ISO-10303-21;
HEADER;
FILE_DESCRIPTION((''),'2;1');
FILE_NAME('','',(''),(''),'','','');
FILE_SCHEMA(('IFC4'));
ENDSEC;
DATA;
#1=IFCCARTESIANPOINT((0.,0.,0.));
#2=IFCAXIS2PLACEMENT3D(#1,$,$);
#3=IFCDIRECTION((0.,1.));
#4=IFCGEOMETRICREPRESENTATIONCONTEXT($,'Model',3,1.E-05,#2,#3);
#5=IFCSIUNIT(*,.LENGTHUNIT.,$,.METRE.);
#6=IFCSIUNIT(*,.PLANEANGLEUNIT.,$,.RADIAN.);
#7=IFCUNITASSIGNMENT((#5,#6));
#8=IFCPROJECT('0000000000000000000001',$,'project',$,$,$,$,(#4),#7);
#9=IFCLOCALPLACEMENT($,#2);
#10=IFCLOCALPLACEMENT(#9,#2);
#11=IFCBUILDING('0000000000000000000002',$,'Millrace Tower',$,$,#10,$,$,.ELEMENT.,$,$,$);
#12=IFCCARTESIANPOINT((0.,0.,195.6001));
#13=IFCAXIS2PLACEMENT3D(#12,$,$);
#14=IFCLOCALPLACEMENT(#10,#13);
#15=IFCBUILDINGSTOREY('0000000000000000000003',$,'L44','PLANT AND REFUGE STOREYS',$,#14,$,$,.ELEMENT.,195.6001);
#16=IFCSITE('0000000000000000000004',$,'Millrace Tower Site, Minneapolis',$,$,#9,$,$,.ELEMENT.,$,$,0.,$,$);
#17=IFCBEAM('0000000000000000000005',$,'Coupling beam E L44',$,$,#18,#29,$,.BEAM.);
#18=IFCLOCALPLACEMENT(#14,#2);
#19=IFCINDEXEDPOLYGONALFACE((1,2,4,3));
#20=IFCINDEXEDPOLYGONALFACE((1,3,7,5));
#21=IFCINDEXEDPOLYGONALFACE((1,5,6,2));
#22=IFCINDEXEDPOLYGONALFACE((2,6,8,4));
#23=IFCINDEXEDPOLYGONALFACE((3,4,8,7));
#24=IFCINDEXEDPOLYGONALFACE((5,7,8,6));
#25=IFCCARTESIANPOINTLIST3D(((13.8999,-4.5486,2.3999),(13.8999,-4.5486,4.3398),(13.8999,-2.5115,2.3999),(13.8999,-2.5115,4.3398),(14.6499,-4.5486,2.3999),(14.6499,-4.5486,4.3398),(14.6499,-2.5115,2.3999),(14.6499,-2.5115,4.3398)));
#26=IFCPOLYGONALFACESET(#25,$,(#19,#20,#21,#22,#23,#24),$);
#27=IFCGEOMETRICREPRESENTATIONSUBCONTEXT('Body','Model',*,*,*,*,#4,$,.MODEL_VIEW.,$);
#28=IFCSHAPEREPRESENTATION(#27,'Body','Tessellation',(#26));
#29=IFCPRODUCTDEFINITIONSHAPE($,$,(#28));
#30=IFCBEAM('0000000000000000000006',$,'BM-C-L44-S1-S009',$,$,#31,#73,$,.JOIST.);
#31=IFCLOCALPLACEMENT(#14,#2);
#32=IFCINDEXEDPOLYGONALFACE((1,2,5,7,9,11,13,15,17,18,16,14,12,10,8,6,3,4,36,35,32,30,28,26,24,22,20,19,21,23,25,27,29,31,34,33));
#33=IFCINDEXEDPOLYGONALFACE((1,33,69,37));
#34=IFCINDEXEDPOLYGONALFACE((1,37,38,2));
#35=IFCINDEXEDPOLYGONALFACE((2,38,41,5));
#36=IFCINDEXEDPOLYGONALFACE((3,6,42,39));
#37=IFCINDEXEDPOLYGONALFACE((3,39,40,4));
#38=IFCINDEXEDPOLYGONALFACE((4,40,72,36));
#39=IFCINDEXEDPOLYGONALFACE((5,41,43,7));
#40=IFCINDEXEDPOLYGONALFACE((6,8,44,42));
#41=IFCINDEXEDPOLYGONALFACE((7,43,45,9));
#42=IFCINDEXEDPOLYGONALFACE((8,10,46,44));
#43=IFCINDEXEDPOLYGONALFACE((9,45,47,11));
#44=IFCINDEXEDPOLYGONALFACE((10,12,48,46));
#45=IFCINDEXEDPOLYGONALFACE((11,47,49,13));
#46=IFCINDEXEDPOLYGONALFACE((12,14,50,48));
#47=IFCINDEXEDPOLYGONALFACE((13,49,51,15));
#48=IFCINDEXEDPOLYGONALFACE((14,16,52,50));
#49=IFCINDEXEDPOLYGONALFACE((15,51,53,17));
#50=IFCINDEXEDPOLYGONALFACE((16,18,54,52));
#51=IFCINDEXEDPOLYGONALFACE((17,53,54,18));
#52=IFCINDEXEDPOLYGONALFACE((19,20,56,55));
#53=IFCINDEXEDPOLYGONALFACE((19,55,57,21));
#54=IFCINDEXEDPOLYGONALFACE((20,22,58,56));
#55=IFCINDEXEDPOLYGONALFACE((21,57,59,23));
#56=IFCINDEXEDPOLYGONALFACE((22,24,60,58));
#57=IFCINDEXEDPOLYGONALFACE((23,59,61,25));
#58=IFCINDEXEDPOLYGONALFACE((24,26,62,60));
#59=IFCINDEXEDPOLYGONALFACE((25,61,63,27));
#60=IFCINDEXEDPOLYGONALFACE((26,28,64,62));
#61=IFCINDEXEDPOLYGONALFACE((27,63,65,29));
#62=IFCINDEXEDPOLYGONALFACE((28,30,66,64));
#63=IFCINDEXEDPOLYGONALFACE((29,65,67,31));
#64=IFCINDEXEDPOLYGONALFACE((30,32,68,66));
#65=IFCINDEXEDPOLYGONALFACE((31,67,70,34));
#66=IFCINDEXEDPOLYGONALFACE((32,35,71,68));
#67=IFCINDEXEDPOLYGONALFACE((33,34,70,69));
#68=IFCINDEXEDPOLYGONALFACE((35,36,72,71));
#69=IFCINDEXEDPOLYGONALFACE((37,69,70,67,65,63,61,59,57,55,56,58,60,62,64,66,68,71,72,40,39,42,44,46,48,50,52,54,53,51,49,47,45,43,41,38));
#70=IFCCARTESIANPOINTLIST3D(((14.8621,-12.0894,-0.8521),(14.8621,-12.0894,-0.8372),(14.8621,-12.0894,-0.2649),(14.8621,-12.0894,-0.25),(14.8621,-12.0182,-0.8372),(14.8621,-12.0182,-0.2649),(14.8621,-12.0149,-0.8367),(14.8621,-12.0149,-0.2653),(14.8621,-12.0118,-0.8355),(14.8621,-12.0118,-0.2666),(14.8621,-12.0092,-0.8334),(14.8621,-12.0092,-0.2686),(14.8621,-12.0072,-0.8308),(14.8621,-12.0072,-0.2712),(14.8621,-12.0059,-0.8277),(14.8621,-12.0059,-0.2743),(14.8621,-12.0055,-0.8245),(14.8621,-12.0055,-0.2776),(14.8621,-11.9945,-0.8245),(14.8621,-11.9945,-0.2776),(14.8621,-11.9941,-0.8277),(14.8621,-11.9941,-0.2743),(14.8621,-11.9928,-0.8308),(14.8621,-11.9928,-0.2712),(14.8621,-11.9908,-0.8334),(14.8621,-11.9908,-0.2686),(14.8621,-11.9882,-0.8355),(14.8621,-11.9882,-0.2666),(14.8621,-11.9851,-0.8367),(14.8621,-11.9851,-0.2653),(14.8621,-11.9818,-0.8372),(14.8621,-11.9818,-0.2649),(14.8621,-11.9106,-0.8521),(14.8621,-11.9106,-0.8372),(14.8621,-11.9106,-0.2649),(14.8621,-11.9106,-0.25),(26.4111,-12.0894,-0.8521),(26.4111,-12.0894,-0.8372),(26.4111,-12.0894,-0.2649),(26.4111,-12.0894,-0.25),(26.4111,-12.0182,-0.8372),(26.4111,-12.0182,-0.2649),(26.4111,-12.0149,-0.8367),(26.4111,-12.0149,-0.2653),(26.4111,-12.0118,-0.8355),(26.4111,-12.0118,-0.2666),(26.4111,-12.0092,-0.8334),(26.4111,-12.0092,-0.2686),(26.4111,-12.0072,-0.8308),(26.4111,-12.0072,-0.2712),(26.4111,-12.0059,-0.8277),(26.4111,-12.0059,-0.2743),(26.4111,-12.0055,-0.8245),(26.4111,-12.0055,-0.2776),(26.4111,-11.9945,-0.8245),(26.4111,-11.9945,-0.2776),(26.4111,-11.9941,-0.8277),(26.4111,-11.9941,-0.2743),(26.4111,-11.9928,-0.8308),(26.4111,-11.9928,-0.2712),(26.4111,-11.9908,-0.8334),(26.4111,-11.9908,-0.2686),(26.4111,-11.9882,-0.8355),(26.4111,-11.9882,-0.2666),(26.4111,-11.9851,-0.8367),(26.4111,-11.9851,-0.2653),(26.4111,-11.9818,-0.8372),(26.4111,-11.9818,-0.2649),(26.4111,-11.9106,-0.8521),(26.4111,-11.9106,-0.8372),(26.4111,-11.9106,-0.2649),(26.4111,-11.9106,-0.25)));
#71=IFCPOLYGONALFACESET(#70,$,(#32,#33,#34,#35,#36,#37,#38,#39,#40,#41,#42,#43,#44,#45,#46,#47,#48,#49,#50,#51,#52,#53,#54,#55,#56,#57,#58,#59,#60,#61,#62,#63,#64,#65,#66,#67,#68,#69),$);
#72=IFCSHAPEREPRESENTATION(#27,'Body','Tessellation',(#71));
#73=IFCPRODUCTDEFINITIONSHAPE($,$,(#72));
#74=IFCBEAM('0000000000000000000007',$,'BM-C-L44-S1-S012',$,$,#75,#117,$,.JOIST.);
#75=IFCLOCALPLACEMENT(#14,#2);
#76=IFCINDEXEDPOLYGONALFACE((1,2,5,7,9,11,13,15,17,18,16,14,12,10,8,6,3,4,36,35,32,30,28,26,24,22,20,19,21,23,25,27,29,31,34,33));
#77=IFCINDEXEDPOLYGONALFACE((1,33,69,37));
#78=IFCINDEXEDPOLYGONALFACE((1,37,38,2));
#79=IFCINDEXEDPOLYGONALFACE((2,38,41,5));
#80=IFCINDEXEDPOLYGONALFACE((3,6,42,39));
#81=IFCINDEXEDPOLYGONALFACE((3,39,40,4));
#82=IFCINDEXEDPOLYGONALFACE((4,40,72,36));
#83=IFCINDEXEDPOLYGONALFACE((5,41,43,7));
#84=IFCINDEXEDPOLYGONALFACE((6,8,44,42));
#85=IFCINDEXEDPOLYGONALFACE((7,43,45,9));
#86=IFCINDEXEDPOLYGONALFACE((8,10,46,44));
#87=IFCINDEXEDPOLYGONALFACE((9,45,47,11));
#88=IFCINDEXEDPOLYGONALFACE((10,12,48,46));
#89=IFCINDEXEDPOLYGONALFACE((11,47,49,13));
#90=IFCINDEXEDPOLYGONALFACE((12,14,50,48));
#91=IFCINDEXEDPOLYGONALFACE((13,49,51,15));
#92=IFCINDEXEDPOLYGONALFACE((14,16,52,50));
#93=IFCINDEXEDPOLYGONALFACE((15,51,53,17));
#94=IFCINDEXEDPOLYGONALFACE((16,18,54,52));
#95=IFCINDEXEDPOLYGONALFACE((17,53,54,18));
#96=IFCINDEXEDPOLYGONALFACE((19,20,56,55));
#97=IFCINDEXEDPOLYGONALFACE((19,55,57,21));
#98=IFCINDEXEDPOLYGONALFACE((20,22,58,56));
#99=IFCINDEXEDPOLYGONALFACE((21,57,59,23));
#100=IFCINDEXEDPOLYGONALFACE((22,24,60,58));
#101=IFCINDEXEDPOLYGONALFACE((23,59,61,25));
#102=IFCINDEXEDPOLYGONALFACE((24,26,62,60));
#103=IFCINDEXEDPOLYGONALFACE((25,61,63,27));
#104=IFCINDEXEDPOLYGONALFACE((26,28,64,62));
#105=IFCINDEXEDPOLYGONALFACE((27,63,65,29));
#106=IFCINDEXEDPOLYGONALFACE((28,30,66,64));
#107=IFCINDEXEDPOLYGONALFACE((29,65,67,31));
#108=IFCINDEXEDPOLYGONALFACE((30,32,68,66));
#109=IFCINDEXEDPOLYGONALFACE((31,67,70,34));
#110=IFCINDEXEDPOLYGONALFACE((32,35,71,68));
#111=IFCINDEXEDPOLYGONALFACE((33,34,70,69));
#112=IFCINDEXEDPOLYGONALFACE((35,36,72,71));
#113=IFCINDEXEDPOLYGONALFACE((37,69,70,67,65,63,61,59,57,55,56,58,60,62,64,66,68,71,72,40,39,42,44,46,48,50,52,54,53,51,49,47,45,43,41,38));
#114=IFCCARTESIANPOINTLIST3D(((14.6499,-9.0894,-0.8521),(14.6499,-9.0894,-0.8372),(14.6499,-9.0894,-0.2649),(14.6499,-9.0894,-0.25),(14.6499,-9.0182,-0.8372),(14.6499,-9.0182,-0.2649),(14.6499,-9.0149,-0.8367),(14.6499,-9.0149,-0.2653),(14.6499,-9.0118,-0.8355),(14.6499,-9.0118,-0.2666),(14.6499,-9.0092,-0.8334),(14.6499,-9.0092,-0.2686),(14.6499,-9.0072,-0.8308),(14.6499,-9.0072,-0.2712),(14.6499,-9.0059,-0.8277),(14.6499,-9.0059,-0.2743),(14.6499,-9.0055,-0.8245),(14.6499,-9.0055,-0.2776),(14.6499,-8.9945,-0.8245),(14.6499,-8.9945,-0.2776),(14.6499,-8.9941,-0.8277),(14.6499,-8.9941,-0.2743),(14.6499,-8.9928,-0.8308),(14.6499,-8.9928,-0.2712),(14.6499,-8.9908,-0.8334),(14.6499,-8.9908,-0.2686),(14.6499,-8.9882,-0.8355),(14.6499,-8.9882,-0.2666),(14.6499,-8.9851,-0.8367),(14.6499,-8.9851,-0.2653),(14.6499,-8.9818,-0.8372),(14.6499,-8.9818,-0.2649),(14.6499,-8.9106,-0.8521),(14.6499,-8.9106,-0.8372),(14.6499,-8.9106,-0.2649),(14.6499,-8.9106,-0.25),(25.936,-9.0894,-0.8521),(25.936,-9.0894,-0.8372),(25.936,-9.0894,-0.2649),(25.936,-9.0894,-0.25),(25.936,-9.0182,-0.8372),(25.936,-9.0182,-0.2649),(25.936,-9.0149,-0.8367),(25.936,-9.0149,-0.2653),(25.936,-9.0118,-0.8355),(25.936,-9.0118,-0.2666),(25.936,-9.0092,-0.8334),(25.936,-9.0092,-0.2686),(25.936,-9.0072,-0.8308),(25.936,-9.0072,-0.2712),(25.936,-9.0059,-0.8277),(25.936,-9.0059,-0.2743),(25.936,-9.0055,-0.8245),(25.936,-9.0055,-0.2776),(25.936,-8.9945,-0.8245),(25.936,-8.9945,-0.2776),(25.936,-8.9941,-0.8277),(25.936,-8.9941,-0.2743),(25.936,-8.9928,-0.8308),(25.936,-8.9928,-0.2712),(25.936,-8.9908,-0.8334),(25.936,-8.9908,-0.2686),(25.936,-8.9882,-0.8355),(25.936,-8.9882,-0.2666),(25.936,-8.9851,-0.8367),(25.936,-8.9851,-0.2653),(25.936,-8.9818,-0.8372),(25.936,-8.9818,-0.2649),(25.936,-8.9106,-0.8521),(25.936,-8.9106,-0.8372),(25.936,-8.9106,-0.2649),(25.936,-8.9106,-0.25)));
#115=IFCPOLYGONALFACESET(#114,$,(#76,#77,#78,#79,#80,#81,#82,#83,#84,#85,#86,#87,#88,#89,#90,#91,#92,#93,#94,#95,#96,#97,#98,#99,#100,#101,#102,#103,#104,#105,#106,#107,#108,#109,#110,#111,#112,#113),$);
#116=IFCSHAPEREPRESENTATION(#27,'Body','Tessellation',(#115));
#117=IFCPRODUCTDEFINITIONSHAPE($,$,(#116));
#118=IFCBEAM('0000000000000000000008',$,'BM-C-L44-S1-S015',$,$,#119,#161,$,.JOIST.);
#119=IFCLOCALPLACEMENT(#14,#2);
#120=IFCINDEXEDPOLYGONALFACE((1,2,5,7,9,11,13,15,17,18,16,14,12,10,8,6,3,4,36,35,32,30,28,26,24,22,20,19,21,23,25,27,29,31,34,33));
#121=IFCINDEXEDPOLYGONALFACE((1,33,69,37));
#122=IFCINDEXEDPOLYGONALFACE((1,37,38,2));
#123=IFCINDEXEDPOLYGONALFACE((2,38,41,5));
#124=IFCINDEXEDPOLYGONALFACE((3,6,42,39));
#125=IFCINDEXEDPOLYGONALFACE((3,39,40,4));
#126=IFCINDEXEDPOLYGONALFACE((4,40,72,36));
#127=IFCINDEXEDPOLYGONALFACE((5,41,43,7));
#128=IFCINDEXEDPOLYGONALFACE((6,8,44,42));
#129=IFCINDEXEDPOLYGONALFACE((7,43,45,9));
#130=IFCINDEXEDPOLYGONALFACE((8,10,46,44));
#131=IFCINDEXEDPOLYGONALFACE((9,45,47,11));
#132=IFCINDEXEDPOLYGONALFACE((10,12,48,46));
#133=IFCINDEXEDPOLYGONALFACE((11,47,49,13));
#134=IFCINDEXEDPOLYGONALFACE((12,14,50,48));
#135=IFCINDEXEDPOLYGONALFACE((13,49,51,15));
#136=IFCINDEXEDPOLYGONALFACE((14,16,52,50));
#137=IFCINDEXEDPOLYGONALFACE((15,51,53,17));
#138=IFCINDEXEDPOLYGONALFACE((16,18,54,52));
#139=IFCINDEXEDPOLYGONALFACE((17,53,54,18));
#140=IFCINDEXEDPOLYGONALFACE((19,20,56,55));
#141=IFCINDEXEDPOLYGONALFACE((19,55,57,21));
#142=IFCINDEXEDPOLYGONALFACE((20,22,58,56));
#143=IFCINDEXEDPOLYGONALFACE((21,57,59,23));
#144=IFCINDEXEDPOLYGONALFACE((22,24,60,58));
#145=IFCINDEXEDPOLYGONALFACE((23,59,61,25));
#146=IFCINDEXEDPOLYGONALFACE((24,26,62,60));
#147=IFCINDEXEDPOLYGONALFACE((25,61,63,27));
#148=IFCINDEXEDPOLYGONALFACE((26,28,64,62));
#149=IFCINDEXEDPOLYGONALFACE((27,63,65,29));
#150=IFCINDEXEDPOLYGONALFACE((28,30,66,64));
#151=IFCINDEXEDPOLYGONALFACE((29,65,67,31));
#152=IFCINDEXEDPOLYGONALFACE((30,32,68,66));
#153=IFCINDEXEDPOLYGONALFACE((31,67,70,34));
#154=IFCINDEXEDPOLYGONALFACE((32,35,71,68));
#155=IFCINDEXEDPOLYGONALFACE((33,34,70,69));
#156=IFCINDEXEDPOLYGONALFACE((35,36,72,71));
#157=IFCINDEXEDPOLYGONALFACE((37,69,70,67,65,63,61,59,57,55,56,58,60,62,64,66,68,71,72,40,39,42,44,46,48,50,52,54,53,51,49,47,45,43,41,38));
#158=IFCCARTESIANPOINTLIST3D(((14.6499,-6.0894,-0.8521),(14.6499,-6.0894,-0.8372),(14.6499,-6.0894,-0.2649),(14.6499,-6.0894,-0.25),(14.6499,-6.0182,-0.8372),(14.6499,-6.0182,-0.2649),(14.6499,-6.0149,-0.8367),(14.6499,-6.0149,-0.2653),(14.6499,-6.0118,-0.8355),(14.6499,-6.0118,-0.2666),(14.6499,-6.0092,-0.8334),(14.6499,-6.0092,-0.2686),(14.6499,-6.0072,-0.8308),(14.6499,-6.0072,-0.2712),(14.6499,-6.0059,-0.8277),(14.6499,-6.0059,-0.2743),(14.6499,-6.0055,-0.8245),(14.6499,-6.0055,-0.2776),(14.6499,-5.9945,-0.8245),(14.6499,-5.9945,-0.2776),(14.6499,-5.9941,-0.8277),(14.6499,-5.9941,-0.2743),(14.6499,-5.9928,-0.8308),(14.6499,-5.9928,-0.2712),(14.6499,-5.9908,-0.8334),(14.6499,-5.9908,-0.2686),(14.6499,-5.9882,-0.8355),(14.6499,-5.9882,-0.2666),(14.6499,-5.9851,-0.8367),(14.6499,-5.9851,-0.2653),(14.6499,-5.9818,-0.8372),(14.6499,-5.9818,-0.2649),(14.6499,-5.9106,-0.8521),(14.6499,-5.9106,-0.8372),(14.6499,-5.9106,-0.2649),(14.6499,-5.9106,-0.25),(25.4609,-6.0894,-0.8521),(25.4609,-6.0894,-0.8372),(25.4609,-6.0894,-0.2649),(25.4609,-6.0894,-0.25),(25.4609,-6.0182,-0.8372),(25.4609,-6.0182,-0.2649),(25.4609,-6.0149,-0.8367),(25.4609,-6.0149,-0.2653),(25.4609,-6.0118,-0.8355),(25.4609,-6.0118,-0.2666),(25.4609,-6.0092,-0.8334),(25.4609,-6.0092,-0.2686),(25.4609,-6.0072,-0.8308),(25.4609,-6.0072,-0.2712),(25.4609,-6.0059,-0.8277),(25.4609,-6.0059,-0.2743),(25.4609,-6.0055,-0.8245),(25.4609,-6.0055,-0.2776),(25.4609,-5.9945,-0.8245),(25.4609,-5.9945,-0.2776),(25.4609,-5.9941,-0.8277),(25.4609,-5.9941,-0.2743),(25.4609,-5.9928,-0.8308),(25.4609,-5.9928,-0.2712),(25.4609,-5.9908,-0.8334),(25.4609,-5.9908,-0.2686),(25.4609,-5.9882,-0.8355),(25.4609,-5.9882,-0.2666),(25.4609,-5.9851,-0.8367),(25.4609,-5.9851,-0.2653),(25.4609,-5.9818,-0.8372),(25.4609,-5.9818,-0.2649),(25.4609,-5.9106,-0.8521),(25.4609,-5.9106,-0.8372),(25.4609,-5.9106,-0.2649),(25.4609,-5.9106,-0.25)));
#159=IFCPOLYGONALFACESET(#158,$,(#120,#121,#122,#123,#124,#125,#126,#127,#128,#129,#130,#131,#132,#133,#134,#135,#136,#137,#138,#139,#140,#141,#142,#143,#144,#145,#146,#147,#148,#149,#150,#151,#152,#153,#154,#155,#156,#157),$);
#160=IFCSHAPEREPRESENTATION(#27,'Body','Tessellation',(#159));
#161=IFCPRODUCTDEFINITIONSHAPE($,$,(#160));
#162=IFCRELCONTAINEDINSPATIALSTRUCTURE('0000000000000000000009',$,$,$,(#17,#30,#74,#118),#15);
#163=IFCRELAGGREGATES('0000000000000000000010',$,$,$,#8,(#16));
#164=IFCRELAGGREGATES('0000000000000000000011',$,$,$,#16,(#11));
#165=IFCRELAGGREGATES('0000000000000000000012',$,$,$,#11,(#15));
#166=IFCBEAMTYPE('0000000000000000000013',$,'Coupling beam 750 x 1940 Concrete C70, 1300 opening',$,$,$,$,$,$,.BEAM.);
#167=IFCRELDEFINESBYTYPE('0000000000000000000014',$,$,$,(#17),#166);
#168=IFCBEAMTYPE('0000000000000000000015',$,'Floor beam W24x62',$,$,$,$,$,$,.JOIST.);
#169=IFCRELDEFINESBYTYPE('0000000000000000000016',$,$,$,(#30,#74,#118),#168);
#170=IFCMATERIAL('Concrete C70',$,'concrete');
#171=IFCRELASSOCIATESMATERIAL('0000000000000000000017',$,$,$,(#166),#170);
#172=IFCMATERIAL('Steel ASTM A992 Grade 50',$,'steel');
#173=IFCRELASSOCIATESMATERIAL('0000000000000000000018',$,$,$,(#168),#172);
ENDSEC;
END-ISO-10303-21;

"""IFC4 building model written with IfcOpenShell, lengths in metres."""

from ifc_helpers import new_model, si_unit, direction, frame, origin, origin_2d, place, context, subcontext, project, spatial, rectangle, i_section, extrude, material, material_profile, profile_set, type_object, element, save


model = new_model("IFC4")

# Units and contexts
model_context = context("Model", 3, precision=1e-05, world=origin(), true_north=direction((0.0, 1.0)))
body_context = subcontext(model_context, "Body", "Model", "MODEL_VIEW")
ifc_project = project(units=[si_unit("LENGTHUNIT", "METRE"), si_unit("PLANEANGLEUNIT", "RADIAN")], contexts=[model_context])

# Site, building, storey
site_placement = place(None, origin())
site = spatial("IfcSite", under=ifc_project, at=site_placement, Name="Millrace Tower Site, Minneapolis", CompositionType="ELEMENT", RefElevation=0.0)
building_placement = place(site_placement, origin())
building = spatial("IfcBuilding", under=site, at=building_placement, Name="Millrace Tower", CompositionType="ELEMENT")
storey_placement = place(building_placement, frame((0.0, 0.0, 195.6001)))
storey = spatial("IfcBuildingStorey", under=building, at=storey_placement, Name="L44", Description="PLANT AND REFUGE STOREYS", CompositionType="ELEMENT", Elevation=195.6001)

# Beams
ifc_material_1 = material(Name="Concrete C70", Category="concrete")
ifc_material_profile_1 = material_profile(ifc_material_1, rectangle(XDim=0.75, YDim=1.9399, at=origin_2d()))
ifc_profile_set_1 = profile_set([ifc_material_profile_1], Name="Concrete C70")
beam_type_1 = type_object("IfcBeamType", Name="Coupling beam 750 x 1940 Concrete C70, 1300 opening", PredefinedType="BEAM", material=ifc_profile_set_1)
beam_1_placement = place(storey_placement, frame((14.2749, -2.5115, 3.3699), z_axis=(0.0, -1.0, 0.0), x_axis=(1.0, 0.0, 0.0)))
element("IfcBeam", 1, at=beam_1_placement, inside=storey, type_object=beam_type_1, Name="Coupling beam E L44", PredefinedType="BEAM", context=body_context, shape_type="SweptSolid", body=[
    extrude(rectangle(XDim=0.75, YDim=1.9399, at=origin_2d()), origin(), (0.0, 0.0, 1.0), 2.0371),
])
ifc_material_2 = material(Name="Steel ASTM A992 Grade 50", Category="steel")
ifc_material_profile_2 = material_profile(ifc_material_2, i_section(OverallWidth=0.1787, OverallDepth=0.6021, WebThickness=0.011, FlangeThickness=0.0149, FilletRadius=0.0127, at=origin_2d()))
ifc_profile_set_2 = profile_set([ifc_material_profile_2], Name="Steel ASTM A992 Grade 50")
beam_type_2 = type_object("IfcBeamType", Name="Floor beam W24x62", PredefinedType="JOIST", material=ifc_profile_set_2)
beam_2_placement = place(storey_placement, frame((14.8621, -12.0, -0.551), z_axis=(1.0, 0.0, 0.0), x_axis=(0.0, 1.0, 0.0)))
element("IfcBeam", 2, at=beam_2_placement, inside=storey, type_object=beam_type_2, Name="BM-C-L44-S1-S009", PredefinedType="JOIST", context=body_context, shape_type="SweptSolid", body=[
    extrude(i_section(OverallWidth=0.1787, OverallDepth=0.6021, WebThickness=0.011, FlangeThickness=0.0149, FilletRadius=0.0127, at=origin_2d()), origin(), (0.0, 0.0, 1.0), 11.5491),
])
beam_3_placement = place(storey_placement, frame((14.6499, -9.0, -0.551), z_axis=(1.0, 0.0, 0.0), x_axis=(0.0, 1.0, 0.0)))
element("IfcBeam", 3, at=beam_3_placement, inside=storey, type_object=beam_type_2, Name="BM-C-L44-S1-S012", PredefinedType="JOIST", context=body_context, shape_type="SweptSolid", body=[
    extrude(i_section(OverallWidth=0.1787, OverallDepth=0.6021, WebThickness=0.011, FlangeThickness=0.0149, FilletRadius=0.0127, at=origin_2d()), origin(), (0.0, 0.0, 1.0), 11.2861),
])
beam_4_placement = place(storey_placement, frame((14.6499, -6.0, -0.551), z_axis=(1.0, 0.0, 0.0), x_axis=(0.0, 1.0, 0.0)))
element("IfcBeam", 4, at=beam_4_placement, inside=storey, type_object=beam_type_2, Name="BM-C-L44-S1-S015", PredefinedType="JOIST", context=body_context, shape_type="SweptSolid", body=[
    extrude(i_section(OverallWidth=0.1787, OverallDepth=0.6021, WebThickness=0.011, FlangeThickness=0.0149, FilletRadius=0.0127, at=origin_2d()), origin(), (0.0, 0.0, 1.0), 10.811),
])

save(model, "model.ifc")
